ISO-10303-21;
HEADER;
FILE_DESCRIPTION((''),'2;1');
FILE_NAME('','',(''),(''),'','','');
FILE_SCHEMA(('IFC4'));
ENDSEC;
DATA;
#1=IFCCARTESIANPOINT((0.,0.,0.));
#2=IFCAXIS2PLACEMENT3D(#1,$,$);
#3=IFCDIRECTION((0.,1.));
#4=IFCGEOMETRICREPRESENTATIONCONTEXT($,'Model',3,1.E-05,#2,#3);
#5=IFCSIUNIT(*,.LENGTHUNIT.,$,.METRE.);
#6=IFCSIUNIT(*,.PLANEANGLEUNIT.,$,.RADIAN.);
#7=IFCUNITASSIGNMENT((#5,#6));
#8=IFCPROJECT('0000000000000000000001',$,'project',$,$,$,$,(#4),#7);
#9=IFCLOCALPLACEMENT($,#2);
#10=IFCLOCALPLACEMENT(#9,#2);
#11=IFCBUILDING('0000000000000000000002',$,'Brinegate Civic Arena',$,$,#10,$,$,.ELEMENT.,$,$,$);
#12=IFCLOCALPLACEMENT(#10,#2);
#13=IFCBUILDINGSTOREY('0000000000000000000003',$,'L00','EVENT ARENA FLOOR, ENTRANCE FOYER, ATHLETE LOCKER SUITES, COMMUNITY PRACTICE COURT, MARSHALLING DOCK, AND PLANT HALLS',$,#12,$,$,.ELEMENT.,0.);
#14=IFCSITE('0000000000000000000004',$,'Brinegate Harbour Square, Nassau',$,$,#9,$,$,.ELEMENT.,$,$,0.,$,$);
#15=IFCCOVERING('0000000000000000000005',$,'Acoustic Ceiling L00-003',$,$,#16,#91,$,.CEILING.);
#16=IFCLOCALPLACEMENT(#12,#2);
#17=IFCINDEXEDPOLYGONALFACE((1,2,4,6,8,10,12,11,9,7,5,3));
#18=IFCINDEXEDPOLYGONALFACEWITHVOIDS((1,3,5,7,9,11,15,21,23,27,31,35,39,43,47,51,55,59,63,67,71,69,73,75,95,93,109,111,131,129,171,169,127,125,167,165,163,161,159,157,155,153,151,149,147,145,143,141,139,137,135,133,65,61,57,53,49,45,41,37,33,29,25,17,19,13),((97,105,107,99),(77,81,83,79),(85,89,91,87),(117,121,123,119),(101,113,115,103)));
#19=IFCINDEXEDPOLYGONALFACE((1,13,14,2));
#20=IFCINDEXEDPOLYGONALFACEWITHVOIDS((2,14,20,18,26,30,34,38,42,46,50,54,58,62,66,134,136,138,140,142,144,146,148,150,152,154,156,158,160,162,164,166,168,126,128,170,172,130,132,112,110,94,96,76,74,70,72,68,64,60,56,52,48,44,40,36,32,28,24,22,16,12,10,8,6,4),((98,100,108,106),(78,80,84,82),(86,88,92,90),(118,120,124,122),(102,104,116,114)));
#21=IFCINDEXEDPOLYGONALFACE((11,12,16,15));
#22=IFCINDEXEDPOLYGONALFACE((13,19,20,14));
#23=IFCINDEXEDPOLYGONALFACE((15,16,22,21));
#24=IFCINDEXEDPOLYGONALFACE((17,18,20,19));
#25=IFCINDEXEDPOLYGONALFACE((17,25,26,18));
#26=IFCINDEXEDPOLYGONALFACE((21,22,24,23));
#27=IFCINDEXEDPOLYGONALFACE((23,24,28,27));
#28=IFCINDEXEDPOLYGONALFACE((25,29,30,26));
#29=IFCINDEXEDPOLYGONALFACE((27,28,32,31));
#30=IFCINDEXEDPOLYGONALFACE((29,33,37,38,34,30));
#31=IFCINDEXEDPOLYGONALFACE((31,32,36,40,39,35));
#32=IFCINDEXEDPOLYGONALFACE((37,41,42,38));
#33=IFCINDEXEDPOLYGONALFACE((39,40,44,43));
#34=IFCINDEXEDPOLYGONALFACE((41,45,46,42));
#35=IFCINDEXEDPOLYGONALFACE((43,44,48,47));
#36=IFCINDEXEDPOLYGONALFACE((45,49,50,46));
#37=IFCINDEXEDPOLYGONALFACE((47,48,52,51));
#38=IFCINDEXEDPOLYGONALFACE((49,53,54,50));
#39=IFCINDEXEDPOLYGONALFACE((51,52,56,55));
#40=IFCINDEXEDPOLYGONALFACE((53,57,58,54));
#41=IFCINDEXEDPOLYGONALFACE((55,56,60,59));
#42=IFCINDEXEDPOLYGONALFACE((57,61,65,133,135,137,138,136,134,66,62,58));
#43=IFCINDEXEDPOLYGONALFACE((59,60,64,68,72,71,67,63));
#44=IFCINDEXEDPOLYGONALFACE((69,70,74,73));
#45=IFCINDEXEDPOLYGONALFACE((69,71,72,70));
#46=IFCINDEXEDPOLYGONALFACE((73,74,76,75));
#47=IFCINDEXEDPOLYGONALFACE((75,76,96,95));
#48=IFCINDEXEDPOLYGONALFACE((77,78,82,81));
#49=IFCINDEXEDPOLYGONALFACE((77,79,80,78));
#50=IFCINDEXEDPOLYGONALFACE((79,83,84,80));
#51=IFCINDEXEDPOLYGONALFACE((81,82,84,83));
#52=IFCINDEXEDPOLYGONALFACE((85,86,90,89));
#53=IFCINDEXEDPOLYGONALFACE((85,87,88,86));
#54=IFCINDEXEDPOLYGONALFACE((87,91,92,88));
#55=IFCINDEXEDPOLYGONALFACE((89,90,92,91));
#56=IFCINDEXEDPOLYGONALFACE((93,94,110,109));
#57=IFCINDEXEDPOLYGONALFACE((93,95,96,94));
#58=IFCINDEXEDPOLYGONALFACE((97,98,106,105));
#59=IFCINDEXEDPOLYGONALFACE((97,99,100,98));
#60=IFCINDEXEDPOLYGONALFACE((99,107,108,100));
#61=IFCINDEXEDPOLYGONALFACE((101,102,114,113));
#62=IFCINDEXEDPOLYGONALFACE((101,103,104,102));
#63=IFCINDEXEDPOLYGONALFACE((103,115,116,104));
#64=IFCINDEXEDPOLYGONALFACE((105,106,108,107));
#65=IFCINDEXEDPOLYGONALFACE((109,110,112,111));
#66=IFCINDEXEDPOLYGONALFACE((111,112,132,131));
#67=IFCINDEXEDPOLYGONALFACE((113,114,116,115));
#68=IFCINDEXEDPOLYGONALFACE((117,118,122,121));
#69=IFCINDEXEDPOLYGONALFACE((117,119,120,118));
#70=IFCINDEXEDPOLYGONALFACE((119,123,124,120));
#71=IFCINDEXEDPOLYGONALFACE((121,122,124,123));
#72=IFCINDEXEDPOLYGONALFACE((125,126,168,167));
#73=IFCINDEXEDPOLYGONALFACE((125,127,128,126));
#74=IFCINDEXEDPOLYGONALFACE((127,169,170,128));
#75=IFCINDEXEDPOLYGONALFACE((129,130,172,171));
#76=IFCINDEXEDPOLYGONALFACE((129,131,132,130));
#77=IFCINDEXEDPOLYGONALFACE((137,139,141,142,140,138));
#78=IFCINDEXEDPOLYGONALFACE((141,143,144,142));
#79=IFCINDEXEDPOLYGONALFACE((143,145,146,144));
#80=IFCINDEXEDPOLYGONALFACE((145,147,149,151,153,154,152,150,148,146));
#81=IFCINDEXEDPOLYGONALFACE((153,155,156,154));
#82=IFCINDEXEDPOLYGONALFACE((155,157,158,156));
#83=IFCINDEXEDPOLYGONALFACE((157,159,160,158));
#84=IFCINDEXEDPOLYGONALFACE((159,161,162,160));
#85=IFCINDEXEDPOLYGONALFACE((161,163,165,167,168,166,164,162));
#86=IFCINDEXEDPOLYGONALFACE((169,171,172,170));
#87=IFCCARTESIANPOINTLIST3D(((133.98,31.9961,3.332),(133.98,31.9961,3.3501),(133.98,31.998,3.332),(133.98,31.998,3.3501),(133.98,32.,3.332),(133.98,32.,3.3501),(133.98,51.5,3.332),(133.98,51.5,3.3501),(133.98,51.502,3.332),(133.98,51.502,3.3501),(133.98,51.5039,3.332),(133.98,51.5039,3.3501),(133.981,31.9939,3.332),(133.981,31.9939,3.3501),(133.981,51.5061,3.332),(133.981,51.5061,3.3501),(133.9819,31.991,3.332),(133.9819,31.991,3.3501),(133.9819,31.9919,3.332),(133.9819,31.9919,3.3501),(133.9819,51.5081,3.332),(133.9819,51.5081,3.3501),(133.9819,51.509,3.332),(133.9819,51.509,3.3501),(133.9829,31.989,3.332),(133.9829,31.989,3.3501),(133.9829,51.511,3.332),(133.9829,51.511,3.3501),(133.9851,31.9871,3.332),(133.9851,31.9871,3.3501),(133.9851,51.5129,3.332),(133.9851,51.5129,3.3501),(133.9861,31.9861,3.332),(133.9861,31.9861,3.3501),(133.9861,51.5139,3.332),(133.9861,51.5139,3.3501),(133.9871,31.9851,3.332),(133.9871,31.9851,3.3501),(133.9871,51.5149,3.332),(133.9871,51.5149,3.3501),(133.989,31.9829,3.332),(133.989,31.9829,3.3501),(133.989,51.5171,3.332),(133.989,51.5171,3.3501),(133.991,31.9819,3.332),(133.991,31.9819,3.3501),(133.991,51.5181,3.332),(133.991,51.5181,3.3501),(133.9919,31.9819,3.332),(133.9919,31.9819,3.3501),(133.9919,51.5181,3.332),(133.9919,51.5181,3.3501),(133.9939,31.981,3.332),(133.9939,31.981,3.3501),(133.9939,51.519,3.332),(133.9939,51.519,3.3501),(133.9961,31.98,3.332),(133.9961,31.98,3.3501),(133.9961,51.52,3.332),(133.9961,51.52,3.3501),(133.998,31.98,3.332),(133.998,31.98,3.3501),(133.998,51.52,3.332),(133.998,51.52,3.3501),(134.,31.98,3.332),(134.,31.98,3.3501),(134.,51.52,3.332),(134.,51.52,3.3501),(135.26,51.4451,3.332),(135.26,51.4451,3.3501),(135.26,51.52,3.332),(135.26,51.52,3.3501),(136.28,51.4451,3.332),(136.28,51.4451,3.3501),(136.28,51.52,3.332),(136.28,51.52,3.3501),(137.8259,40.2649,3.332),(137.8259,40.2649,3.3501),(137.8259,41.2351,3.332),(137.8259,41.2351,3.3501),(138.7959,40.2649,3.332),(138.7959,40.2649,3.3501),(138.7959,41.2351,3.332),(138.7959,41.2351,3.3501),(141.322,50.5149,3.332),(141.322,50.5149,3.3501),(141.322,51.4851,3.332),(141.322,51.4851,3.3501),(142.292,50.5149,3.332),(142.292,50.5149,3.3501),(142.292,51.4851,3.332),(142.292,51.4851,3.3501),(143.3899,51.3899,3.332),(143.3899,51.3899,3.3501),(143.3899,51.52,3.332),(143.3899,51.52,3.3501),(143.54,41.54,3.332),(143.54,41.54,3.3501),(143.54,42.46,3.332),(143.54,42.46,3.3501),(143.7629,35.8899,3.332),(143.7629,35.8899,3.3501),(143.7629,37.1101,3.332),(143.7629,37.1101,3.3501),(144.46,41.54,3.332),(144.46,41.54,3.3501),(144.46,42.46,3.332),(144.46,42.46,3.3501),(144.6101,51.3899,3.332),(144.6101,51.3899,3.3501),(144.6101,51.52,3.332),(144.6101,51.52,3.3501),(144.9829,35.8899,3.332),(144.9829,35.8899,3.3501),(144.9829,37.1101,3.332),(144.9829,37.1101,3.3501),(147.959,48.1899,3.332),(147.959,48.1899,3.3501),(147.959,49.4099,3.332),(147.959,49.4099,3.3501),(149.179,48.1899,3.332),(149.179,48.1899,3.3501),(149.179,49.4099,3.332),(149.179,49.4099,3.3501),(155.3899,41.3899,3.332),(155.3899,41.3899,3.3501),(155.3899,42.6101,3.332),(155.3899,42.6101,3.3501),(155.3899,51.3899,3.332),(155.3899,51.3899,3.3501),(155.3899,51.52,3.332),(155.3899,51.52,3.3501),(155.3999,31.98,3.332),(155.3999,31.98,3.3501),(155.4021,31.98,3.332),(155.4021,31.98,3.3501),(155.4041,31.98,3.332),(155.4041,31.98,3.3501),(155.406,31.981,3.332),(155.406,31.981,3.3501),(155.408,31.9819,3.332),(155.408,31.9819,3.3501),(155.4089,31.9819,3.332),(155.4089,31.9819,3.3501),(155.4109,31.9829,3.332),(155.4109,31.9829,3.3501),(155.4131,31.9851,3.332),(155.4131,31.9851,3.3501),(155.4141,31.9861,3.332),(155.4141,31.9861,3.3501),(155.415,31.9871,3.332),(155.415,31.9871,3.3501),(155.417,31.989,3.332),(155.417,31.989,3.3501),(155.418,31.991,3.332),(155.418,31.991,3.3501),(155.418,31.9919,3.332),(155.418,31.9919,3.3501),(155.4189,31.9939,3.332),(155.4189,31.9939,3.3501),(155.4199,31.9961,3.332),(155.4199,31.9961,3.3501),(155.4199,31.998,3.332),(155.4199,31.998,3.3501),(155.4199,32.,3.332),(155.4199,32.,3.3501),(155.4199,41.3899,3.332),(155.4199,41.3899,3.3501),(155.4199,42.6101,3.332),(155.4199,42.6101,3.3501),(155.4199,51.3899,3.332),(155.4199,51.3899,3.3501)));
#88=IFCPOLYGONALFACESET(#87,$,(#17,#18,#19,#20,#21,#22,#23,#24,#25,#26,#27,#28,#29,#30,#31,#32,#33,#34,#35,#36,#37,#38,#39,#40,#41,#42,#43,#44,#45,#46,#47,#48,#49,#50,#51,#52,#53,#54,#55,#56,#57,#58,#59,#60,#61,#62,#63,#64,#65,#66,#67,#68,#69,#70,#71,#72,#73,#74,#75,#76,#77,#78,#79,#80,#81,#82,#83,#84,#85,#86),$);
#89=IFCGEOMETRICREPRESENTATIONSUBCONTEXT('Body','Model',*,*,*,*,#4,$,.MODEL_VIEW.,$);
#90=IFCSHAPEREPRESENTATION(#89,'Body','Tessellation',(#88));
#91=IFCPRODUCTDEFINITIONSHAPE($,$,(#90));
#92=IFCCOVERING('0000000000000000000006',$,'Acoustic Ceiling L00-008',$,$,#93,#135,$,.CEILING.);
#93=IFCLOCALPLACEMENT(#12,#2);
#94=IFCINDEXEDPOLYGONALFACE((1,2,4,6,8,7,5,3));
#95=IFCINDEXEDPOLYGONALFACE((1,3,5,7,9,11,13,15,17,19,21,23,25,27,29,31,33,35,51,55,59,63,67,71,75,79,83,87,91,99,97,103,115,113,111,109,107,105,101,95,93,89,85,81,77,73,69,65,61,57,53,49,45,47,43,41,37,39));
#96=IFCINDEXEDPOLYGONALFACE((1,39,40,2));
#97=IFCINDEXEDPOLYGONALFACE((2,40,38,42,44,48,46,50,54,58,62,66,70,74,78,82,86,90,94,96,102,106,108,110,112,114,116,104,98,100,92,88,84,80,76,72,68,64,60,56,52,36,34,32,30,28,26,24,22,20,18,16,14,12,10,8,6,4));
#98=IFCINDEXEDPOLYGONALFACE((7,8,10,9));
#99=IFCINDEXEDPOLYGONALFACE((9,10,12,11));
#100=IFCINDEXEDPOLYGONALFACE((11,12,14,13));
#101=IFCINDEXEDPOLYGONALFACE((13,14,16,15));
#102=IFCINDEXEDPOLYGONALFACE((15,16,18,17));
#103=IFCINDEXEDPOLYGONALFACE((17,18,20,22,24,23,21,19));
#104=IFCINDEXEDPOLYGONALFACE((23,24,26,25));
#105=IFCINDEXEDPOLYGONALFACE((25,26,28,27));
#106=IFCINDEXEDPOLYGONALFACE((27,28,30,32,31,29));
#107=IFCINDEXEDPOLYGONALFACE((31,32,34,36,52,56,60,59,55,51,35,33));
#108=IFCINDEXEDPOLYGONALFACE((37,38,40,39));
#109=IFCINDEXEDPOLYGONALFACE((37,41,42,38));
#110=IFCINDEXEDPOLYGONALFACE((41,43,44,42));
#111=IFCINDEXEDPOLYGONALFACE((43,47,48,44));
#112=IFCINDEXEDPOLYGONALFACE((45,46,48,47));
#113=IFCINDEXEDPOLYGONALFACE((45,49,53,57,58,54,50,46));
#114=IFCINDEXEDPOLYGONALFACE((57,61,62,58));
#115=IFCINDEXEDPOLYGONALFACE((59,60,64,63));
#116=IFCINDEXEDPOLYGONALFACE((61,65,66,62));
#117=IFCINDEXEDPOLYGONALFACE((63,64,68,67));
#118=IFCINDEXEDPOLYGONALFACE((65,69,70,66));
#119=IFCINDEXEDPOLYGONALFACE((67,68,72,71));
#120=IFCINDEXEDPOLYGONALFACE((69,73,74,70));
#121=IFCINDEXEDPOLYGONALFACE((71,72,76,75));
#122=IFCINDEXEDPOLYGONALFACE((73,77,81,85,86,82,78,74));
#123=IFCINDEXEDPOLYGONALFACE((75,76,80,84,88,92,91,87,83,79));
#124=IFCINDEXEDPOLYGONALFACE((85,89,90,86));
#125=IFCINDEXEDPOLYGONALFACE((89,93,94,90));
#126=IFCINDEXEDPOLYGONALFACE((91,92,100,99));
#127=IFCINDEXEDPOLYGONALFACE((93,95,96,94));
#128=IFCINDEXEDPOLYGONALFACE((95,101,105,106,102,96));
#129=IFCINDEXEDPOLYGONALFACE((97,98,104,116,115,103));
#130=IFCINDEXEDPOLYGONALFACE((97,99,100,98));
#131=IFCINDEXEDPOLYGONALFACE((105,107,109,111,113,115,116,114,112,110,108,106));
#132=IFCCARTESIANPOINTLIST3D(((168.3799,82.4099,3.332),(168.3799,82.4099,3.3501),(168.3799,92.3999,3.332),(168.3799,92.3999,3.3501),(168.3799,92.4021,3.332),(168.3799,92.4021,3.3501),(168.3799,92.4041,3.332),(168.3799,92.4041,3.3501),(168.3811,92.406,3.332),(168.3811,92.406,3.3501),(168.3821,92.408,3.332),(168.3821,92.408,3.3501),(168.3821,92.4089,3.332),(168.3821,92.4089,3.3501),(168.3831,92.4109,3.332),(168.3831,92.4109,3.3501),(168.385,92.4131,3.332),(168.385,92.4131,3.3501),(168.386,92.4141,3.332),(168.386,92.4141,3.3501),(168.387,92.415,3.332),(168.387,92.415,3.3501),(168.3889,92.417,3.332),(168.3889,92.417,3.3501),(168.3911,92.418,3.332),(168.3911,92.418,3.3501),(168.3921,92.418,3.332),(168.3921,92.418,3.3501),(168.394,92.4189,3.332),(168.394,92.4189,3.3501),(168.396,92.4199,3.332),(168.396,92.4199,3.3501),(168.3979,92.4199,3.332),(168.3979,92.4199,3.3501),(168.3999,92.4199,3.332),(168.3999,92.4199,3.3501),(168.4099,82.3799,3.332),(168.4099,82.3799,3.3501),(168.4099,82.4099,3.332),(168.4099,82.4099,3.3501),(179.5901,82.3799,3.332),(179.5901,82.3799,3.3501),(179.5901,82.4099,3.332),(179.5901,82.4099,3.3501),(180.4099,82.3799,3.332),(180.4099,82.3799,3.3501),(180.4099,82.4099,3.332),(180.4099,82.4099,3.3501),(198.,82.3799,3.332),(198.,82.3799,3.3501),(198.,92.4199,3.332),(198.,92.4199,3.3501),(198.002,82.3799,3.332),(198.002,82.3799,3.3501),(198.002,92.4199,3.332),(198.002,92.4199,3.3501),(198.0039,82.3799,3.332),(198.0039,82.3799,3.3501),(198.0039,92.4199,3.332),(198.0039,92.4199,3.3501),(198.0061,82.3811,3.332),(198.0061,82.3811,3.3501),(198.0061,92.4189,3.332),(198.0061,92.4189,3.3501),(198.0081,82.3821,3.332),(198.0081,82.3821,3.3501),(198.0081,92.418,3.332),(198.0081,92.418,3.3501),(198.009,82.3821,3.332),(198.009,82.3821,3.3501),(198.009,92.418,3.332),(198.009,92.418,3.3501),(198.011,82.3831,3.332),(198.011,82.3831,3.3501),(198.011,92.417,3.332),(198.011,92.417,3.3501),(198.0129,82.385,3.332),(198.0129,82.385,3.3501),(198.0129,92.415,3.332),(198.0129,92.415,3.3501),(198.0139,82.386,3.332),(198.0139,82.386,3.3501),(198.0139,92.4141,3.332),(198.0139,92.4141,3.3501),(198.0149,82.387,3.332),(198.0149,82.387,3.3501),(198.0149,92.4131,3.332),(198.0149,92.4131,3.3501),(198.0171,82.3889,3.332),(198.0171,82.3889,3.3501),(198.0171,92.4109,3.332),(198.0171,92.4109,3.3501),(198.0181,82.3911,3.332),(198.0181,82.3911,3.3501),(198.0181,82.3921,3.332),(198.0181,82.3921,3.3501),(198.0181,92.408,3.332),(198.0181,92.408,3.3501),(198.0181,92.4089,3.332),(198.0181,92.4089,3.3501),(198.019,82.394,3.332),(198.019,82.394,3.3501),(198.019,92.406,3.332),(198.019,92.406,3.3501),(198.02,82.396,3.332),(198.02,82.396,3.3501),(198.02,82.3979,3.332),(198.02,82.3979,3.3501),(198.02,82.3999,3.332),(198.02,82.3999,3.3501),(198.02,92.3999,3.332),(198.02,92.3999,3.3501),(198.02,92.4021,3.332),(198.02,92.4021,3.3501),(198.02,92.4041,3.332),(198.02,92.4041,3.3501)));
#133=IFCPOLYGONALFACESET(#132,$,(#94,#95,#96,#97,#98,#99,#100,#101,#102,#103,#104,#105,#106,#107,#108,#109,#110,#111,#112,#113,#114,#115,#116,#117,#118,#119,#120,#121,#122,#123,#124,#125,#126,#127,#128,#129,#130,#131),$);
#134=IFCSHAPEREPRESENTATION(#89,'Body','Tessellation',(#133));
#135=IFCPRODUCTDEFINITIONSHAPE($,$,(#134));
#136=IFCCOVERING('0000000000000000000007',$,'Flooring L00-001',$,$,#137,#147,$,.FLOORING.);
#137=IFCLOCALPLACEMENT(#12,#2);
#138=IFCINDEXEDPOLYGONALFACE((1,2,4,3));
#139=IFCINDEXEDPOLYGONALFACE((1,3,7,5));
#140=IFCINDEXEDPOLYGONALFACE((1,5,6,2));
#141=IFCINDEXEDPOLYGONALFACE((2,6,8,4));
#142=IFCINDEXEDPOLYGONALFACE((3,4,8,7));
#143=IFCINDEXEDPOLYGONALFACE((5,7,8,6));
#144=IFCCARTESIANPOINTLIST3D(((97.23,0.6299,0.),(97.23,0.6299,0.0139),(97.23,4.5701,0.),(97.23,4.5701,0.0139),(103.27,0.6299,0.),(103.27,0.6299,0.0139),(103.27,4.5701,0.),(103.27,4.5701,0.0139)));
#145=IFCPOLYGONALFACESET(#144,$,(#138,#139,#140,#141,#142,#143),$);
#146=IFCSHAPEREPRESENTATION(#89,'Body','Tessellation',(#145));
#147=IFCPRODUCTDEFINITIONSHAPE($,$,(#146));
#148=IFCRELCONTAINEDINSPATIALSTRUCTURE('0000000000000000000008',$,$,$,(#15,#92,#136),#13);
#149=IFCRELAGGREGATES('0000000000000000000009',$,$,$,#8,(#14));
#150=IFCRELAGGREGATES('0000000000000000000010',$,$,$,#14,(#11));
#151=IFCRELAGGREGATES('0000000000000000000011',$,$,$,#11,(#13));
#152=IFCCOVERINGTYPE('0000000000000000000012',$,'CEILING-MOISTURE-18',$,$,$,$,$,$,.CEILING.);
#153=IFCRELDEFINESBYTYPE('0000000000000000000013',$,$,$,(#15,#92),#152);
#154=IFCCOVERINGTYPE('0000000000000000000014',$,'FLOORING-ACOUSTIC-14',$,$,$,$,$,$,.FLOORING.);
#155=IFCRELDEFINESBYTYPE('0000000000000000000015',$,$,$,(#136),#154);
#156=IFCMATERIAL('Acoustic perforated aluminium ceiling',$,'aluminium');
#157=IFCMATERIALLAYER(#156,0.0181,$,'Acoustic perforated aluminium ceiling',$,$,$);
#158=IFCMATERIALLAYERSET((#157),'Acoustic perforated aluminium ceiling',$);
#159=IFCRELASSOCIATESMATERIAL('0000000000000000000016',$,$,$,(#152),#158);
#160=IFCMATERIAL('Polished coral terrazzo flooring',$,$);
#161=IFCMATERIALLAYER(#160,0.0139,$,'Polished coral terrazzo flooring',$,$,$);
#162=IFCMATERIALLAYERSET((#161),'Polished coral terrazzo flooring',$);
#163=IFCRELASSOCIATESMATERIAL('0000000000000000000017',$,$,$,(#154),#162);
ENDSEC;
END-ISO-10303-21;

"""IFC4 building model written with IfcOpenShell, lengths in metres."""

from ifc_helpers import new_model, si_unit, direction, frame, origin, place, context, subcontext, project, spatial, polyline, outline, extrude, material, layer, layer_set, type_object, element, save


model = new_model("IFC4")

# Units and contexts
model_context = context("Model", 3, precision=1e-05, world=origin(), true_north=direction((0.0, 1.0)))
body_context = subcontext(model_context, "Body", "Model", "MODEL_VIEW")
ifc_project = project(units=[si_unit("LENGTHUNIT", "METRE"), si_unit("PLANEANGLEUNIT", "RADIAN")], contexts=[model_context])

# Site, building, storey
site_placement = place(None, origin())
site = spatial("IfcSite", under=ifc_project, at=site_placement, Name="Brinegate Harbour Square, Nassau", CompositionType="ELEMENT", RefElevation=0.0)
building_placement = place(site_placement, origin())
building = spatial("IfcBuilding", under=site, at=building_placement, Name="Brinegate Civic Arena", CompositionType="ELEMENT")
storey_placement = place(building_placement, origin())
storey = spatial("IfcBuildingStorey", under=building, at=storey_placement, Name="L00", Description="EVENT ARENA FLOOR, ENTRANCE FOYER, ATHLETE LOCKER SUITES, COMMUNITY PRACTICE COURT, MARSHALLING DOCK, AND PLANT HALLS", CompositionType="ELEMENT", Elevation=0.0)

# Coverings
ifc_material_1 = material(Name="Acoustic perforated aluminium ceiling", Category="aluminium")
ifc_layer_1 = layer(ifc_material_1, 0.0181, Name="Acoustic perforated aluminium ceiling")
ifc_layer_set_1 = layer_set([ifc_layer_1], Name="Acoustic perforated aluminium ceiling")
covering_type_1 = type_object("IfcCoveringType", Name="CEILING-MOISTURE-18", PredefinedType="CEILING", material=ifc_layer_set_1)
covering_1_placement = place(storey_placement, frame((0.0, 0.0, 3.332)))
element("IfcCovering", 1, at=covering_1_placement, inside=storey, type_object=covering_type_1, Name="Acoustic Ceiling L00-003", PredefinedType="CEILING", context=body_context, shape_type="SweptSolid", body=[
    extrude(outline(polyline([(155.3899, 42.6101), (155.3899, 41.3899), (155.4199, 41.3899), (155.4199, 32.0), (155.4199, 31.998), (155.4199, 31.9961), (155.4189, 31.9939), (155.418, 31.9919), (155.418, 31.991), (155.417, 31.989), (155.415, 31.9871), (155.4141, 31.9861), (155.4131, 31.9851), (155.4109, 31.9829), (155.4089, 31.9819), (155.408, 31.9819), (155.406, 31.981), (155.4041, 31.98), (155.4021, 31.98), (155.3999, 31.98), (134.0, 31.98), (133.998, 31.98), (133.9961, 31.98), (133.9939, 31.981), (133.9919, 31.9819), (133.991, 31.9819), (133.989, 31.9829), (133.9871, 31.9851), (133.9861, 31.9861), (133.9851, 31.9871), (133.9829, 31.989), (133.9819, 31.991), (133.9819, 31.9919), (133.981, 31.9939), (133.98, 31.9961), (133.98, 31.998), (133.98, 32.0), (133.98, 51.5), (133.98, 51.502), (133.98, 51.5039), (133.981, 51.5061), (133.9819, 51.5081), (133.9819, 51.509), (133.9829, 51.511), (133.9851, 51.5129), (133.9861, 51.5139), (133.9871, 51.5149), (133.989, 51.5171), (133.991, 51.5181), (133.9919, 51.5181), (133.9939, 51.519), (133.9961, 51.52), (133.998, 51.52), (134.0, 51.52), (135.26, 51.52), (135.26, 51.4451), (136.28, 51.4451), (136.28, 51.52), (143.3899, 51.52), (143.3899, 51.3899), (144.6101, 51.3899), (144.6101, 51.52), (155.3899, 51.52), (155.3899, 51.3899), (155.4199, 51.3899), (155.4199, 42.6101), (155.3899, 42.6101)]), holes=[polyline([(144.9829, 37.1101), (143.7629, 37.1101), (143.7629, 35.8899), (144.9829, 35.8899), (144.9829, 37.1101)]), polyline([(138.7959, 41.2351), (137.8259, 41.2351), (137.8259, 40.2649), (138.7959, 40.2649), (138.7959, 41.2351)]), polyline([(144.46, 42.46), (143.54, 42.46), (143.54, 41.54), (144.46, 41.54), (144.46, 42.46)]), polyline([(149.179, 49.4099), (147.959, 49.4099), (147.959, 48.1899), (149.179, 48.1899), (149.179, 49.4099)]), polyline([(142.292, 51.4851), (141.322, 51.4851), (141.322, 50.5149), (142.292, 50.5149), (142.292, 51.4851)])]), origin(), (0.0, 0.0, 1.0), 0.0181),
])
covering_2_placement = place(storey_placement, frame((0.0, 0.0, 3.332)))
element("IfcCovering", 2, at=covering_2_placement, inside=storey, type_object=covering_type_1, Name="Acoustic Ceiling L00-008", PredefinedType="CEILING", context=body_context, shape_type="SweptSolid", body=[
    extrude(outline(polyline([(198.0039, 92.4199), (198.0061, 92.4189), (198.0081, 92.418), (198.009, 92.418), (198.011, 92.417), (198.0129, 92.415), (198.0139, 92.4141), (198.0149, 92.4131), (198.0171, 92.4109), (198.0181, 92.4089), (198.0181, 92.408), (198.019, 92.406), (198.02, 92.4041), (198.02, 92.4021), (198.02, 92.3999), (198.02, 82.3999), (198.02, 82.3979), (198.02, 82.396), (198.019, 82.394), (198.0181, 82.3921), (198.0181, 82.3911), (198.0171, 82.3889), (198.0149, 82.387), (198.0139, 82.386), (198.0129, 82.385), (198.011, 82.3831), (198.009, 82.3821), (198.0081, 82.3821), (198.0061, 82.3811), (198.0039, 82.3799), (198.002, 82.3799), (198.0, 82.3799), (180.4099, 82.3799), (180.4099, 82.4099), (179.5901, 82.4099), (179.5901, 82.3799), (168.4099, 82.3799), (168.4099, 82.4099), (168.3799, 82.4099), (168.3799, 92.3999), (168.3799, 92.4021), (168.3799, 92.4041), (168.3811, 92.406), (168.3821, 92.408), (168.3821, 92.4089), (168.3831, 92.4109), (168.385, 92.4131), (168.386, 92.4141), (168.387, 92.415), (168.3889, 92.417), (168.3911, 92.418), (168.3921, 92.418), (168.394, 92.4189), (168.396, 92.4199), (168.3979, 92.4199), (168.3999, 92.4199), (198.0, 92.4199), (198.002, 92.4199), (198.0039, 92.4199)])), origin(), (0.0, 0.0, 1.0), 0.0181),
])
ifc_material_2 = material(Name="Polished coral terrazzo flooring")
ifc_layer_2 = layer(ifc_material_2, 0.0139, Name="Polished coral terrazzo flooring")
ifc_layer_set_2 = layer_set([ifc_layer_2], Name="Polished coral terrazzo flooring")
covering_type_2 = type_object("IfcCoveringType", Name="FLOORING-ACOUSTIC-14", PredefinedType="FLOORING", material=ifc_layer_set_2)
covering_3_placement = place(storey_placement, origin())
element("IfcCovering", 3, at=covering_3_placement, inside=storey, type_object=covering_type_2, Name="Flooring L00-001", PredefinedType="FLOORING", context=body_context, shape_type="SweptSolid", body=[
    extrude(outline(polyline([(97.23, 0.6299), (97.23, 4.5701), (103.27, 4.5701), (103.27, 0.6299), (97.23, 0.6299)])), origin(), (0.0, 0.0, 1.0), 0.0139),
])

save(model, "model.ifc")
